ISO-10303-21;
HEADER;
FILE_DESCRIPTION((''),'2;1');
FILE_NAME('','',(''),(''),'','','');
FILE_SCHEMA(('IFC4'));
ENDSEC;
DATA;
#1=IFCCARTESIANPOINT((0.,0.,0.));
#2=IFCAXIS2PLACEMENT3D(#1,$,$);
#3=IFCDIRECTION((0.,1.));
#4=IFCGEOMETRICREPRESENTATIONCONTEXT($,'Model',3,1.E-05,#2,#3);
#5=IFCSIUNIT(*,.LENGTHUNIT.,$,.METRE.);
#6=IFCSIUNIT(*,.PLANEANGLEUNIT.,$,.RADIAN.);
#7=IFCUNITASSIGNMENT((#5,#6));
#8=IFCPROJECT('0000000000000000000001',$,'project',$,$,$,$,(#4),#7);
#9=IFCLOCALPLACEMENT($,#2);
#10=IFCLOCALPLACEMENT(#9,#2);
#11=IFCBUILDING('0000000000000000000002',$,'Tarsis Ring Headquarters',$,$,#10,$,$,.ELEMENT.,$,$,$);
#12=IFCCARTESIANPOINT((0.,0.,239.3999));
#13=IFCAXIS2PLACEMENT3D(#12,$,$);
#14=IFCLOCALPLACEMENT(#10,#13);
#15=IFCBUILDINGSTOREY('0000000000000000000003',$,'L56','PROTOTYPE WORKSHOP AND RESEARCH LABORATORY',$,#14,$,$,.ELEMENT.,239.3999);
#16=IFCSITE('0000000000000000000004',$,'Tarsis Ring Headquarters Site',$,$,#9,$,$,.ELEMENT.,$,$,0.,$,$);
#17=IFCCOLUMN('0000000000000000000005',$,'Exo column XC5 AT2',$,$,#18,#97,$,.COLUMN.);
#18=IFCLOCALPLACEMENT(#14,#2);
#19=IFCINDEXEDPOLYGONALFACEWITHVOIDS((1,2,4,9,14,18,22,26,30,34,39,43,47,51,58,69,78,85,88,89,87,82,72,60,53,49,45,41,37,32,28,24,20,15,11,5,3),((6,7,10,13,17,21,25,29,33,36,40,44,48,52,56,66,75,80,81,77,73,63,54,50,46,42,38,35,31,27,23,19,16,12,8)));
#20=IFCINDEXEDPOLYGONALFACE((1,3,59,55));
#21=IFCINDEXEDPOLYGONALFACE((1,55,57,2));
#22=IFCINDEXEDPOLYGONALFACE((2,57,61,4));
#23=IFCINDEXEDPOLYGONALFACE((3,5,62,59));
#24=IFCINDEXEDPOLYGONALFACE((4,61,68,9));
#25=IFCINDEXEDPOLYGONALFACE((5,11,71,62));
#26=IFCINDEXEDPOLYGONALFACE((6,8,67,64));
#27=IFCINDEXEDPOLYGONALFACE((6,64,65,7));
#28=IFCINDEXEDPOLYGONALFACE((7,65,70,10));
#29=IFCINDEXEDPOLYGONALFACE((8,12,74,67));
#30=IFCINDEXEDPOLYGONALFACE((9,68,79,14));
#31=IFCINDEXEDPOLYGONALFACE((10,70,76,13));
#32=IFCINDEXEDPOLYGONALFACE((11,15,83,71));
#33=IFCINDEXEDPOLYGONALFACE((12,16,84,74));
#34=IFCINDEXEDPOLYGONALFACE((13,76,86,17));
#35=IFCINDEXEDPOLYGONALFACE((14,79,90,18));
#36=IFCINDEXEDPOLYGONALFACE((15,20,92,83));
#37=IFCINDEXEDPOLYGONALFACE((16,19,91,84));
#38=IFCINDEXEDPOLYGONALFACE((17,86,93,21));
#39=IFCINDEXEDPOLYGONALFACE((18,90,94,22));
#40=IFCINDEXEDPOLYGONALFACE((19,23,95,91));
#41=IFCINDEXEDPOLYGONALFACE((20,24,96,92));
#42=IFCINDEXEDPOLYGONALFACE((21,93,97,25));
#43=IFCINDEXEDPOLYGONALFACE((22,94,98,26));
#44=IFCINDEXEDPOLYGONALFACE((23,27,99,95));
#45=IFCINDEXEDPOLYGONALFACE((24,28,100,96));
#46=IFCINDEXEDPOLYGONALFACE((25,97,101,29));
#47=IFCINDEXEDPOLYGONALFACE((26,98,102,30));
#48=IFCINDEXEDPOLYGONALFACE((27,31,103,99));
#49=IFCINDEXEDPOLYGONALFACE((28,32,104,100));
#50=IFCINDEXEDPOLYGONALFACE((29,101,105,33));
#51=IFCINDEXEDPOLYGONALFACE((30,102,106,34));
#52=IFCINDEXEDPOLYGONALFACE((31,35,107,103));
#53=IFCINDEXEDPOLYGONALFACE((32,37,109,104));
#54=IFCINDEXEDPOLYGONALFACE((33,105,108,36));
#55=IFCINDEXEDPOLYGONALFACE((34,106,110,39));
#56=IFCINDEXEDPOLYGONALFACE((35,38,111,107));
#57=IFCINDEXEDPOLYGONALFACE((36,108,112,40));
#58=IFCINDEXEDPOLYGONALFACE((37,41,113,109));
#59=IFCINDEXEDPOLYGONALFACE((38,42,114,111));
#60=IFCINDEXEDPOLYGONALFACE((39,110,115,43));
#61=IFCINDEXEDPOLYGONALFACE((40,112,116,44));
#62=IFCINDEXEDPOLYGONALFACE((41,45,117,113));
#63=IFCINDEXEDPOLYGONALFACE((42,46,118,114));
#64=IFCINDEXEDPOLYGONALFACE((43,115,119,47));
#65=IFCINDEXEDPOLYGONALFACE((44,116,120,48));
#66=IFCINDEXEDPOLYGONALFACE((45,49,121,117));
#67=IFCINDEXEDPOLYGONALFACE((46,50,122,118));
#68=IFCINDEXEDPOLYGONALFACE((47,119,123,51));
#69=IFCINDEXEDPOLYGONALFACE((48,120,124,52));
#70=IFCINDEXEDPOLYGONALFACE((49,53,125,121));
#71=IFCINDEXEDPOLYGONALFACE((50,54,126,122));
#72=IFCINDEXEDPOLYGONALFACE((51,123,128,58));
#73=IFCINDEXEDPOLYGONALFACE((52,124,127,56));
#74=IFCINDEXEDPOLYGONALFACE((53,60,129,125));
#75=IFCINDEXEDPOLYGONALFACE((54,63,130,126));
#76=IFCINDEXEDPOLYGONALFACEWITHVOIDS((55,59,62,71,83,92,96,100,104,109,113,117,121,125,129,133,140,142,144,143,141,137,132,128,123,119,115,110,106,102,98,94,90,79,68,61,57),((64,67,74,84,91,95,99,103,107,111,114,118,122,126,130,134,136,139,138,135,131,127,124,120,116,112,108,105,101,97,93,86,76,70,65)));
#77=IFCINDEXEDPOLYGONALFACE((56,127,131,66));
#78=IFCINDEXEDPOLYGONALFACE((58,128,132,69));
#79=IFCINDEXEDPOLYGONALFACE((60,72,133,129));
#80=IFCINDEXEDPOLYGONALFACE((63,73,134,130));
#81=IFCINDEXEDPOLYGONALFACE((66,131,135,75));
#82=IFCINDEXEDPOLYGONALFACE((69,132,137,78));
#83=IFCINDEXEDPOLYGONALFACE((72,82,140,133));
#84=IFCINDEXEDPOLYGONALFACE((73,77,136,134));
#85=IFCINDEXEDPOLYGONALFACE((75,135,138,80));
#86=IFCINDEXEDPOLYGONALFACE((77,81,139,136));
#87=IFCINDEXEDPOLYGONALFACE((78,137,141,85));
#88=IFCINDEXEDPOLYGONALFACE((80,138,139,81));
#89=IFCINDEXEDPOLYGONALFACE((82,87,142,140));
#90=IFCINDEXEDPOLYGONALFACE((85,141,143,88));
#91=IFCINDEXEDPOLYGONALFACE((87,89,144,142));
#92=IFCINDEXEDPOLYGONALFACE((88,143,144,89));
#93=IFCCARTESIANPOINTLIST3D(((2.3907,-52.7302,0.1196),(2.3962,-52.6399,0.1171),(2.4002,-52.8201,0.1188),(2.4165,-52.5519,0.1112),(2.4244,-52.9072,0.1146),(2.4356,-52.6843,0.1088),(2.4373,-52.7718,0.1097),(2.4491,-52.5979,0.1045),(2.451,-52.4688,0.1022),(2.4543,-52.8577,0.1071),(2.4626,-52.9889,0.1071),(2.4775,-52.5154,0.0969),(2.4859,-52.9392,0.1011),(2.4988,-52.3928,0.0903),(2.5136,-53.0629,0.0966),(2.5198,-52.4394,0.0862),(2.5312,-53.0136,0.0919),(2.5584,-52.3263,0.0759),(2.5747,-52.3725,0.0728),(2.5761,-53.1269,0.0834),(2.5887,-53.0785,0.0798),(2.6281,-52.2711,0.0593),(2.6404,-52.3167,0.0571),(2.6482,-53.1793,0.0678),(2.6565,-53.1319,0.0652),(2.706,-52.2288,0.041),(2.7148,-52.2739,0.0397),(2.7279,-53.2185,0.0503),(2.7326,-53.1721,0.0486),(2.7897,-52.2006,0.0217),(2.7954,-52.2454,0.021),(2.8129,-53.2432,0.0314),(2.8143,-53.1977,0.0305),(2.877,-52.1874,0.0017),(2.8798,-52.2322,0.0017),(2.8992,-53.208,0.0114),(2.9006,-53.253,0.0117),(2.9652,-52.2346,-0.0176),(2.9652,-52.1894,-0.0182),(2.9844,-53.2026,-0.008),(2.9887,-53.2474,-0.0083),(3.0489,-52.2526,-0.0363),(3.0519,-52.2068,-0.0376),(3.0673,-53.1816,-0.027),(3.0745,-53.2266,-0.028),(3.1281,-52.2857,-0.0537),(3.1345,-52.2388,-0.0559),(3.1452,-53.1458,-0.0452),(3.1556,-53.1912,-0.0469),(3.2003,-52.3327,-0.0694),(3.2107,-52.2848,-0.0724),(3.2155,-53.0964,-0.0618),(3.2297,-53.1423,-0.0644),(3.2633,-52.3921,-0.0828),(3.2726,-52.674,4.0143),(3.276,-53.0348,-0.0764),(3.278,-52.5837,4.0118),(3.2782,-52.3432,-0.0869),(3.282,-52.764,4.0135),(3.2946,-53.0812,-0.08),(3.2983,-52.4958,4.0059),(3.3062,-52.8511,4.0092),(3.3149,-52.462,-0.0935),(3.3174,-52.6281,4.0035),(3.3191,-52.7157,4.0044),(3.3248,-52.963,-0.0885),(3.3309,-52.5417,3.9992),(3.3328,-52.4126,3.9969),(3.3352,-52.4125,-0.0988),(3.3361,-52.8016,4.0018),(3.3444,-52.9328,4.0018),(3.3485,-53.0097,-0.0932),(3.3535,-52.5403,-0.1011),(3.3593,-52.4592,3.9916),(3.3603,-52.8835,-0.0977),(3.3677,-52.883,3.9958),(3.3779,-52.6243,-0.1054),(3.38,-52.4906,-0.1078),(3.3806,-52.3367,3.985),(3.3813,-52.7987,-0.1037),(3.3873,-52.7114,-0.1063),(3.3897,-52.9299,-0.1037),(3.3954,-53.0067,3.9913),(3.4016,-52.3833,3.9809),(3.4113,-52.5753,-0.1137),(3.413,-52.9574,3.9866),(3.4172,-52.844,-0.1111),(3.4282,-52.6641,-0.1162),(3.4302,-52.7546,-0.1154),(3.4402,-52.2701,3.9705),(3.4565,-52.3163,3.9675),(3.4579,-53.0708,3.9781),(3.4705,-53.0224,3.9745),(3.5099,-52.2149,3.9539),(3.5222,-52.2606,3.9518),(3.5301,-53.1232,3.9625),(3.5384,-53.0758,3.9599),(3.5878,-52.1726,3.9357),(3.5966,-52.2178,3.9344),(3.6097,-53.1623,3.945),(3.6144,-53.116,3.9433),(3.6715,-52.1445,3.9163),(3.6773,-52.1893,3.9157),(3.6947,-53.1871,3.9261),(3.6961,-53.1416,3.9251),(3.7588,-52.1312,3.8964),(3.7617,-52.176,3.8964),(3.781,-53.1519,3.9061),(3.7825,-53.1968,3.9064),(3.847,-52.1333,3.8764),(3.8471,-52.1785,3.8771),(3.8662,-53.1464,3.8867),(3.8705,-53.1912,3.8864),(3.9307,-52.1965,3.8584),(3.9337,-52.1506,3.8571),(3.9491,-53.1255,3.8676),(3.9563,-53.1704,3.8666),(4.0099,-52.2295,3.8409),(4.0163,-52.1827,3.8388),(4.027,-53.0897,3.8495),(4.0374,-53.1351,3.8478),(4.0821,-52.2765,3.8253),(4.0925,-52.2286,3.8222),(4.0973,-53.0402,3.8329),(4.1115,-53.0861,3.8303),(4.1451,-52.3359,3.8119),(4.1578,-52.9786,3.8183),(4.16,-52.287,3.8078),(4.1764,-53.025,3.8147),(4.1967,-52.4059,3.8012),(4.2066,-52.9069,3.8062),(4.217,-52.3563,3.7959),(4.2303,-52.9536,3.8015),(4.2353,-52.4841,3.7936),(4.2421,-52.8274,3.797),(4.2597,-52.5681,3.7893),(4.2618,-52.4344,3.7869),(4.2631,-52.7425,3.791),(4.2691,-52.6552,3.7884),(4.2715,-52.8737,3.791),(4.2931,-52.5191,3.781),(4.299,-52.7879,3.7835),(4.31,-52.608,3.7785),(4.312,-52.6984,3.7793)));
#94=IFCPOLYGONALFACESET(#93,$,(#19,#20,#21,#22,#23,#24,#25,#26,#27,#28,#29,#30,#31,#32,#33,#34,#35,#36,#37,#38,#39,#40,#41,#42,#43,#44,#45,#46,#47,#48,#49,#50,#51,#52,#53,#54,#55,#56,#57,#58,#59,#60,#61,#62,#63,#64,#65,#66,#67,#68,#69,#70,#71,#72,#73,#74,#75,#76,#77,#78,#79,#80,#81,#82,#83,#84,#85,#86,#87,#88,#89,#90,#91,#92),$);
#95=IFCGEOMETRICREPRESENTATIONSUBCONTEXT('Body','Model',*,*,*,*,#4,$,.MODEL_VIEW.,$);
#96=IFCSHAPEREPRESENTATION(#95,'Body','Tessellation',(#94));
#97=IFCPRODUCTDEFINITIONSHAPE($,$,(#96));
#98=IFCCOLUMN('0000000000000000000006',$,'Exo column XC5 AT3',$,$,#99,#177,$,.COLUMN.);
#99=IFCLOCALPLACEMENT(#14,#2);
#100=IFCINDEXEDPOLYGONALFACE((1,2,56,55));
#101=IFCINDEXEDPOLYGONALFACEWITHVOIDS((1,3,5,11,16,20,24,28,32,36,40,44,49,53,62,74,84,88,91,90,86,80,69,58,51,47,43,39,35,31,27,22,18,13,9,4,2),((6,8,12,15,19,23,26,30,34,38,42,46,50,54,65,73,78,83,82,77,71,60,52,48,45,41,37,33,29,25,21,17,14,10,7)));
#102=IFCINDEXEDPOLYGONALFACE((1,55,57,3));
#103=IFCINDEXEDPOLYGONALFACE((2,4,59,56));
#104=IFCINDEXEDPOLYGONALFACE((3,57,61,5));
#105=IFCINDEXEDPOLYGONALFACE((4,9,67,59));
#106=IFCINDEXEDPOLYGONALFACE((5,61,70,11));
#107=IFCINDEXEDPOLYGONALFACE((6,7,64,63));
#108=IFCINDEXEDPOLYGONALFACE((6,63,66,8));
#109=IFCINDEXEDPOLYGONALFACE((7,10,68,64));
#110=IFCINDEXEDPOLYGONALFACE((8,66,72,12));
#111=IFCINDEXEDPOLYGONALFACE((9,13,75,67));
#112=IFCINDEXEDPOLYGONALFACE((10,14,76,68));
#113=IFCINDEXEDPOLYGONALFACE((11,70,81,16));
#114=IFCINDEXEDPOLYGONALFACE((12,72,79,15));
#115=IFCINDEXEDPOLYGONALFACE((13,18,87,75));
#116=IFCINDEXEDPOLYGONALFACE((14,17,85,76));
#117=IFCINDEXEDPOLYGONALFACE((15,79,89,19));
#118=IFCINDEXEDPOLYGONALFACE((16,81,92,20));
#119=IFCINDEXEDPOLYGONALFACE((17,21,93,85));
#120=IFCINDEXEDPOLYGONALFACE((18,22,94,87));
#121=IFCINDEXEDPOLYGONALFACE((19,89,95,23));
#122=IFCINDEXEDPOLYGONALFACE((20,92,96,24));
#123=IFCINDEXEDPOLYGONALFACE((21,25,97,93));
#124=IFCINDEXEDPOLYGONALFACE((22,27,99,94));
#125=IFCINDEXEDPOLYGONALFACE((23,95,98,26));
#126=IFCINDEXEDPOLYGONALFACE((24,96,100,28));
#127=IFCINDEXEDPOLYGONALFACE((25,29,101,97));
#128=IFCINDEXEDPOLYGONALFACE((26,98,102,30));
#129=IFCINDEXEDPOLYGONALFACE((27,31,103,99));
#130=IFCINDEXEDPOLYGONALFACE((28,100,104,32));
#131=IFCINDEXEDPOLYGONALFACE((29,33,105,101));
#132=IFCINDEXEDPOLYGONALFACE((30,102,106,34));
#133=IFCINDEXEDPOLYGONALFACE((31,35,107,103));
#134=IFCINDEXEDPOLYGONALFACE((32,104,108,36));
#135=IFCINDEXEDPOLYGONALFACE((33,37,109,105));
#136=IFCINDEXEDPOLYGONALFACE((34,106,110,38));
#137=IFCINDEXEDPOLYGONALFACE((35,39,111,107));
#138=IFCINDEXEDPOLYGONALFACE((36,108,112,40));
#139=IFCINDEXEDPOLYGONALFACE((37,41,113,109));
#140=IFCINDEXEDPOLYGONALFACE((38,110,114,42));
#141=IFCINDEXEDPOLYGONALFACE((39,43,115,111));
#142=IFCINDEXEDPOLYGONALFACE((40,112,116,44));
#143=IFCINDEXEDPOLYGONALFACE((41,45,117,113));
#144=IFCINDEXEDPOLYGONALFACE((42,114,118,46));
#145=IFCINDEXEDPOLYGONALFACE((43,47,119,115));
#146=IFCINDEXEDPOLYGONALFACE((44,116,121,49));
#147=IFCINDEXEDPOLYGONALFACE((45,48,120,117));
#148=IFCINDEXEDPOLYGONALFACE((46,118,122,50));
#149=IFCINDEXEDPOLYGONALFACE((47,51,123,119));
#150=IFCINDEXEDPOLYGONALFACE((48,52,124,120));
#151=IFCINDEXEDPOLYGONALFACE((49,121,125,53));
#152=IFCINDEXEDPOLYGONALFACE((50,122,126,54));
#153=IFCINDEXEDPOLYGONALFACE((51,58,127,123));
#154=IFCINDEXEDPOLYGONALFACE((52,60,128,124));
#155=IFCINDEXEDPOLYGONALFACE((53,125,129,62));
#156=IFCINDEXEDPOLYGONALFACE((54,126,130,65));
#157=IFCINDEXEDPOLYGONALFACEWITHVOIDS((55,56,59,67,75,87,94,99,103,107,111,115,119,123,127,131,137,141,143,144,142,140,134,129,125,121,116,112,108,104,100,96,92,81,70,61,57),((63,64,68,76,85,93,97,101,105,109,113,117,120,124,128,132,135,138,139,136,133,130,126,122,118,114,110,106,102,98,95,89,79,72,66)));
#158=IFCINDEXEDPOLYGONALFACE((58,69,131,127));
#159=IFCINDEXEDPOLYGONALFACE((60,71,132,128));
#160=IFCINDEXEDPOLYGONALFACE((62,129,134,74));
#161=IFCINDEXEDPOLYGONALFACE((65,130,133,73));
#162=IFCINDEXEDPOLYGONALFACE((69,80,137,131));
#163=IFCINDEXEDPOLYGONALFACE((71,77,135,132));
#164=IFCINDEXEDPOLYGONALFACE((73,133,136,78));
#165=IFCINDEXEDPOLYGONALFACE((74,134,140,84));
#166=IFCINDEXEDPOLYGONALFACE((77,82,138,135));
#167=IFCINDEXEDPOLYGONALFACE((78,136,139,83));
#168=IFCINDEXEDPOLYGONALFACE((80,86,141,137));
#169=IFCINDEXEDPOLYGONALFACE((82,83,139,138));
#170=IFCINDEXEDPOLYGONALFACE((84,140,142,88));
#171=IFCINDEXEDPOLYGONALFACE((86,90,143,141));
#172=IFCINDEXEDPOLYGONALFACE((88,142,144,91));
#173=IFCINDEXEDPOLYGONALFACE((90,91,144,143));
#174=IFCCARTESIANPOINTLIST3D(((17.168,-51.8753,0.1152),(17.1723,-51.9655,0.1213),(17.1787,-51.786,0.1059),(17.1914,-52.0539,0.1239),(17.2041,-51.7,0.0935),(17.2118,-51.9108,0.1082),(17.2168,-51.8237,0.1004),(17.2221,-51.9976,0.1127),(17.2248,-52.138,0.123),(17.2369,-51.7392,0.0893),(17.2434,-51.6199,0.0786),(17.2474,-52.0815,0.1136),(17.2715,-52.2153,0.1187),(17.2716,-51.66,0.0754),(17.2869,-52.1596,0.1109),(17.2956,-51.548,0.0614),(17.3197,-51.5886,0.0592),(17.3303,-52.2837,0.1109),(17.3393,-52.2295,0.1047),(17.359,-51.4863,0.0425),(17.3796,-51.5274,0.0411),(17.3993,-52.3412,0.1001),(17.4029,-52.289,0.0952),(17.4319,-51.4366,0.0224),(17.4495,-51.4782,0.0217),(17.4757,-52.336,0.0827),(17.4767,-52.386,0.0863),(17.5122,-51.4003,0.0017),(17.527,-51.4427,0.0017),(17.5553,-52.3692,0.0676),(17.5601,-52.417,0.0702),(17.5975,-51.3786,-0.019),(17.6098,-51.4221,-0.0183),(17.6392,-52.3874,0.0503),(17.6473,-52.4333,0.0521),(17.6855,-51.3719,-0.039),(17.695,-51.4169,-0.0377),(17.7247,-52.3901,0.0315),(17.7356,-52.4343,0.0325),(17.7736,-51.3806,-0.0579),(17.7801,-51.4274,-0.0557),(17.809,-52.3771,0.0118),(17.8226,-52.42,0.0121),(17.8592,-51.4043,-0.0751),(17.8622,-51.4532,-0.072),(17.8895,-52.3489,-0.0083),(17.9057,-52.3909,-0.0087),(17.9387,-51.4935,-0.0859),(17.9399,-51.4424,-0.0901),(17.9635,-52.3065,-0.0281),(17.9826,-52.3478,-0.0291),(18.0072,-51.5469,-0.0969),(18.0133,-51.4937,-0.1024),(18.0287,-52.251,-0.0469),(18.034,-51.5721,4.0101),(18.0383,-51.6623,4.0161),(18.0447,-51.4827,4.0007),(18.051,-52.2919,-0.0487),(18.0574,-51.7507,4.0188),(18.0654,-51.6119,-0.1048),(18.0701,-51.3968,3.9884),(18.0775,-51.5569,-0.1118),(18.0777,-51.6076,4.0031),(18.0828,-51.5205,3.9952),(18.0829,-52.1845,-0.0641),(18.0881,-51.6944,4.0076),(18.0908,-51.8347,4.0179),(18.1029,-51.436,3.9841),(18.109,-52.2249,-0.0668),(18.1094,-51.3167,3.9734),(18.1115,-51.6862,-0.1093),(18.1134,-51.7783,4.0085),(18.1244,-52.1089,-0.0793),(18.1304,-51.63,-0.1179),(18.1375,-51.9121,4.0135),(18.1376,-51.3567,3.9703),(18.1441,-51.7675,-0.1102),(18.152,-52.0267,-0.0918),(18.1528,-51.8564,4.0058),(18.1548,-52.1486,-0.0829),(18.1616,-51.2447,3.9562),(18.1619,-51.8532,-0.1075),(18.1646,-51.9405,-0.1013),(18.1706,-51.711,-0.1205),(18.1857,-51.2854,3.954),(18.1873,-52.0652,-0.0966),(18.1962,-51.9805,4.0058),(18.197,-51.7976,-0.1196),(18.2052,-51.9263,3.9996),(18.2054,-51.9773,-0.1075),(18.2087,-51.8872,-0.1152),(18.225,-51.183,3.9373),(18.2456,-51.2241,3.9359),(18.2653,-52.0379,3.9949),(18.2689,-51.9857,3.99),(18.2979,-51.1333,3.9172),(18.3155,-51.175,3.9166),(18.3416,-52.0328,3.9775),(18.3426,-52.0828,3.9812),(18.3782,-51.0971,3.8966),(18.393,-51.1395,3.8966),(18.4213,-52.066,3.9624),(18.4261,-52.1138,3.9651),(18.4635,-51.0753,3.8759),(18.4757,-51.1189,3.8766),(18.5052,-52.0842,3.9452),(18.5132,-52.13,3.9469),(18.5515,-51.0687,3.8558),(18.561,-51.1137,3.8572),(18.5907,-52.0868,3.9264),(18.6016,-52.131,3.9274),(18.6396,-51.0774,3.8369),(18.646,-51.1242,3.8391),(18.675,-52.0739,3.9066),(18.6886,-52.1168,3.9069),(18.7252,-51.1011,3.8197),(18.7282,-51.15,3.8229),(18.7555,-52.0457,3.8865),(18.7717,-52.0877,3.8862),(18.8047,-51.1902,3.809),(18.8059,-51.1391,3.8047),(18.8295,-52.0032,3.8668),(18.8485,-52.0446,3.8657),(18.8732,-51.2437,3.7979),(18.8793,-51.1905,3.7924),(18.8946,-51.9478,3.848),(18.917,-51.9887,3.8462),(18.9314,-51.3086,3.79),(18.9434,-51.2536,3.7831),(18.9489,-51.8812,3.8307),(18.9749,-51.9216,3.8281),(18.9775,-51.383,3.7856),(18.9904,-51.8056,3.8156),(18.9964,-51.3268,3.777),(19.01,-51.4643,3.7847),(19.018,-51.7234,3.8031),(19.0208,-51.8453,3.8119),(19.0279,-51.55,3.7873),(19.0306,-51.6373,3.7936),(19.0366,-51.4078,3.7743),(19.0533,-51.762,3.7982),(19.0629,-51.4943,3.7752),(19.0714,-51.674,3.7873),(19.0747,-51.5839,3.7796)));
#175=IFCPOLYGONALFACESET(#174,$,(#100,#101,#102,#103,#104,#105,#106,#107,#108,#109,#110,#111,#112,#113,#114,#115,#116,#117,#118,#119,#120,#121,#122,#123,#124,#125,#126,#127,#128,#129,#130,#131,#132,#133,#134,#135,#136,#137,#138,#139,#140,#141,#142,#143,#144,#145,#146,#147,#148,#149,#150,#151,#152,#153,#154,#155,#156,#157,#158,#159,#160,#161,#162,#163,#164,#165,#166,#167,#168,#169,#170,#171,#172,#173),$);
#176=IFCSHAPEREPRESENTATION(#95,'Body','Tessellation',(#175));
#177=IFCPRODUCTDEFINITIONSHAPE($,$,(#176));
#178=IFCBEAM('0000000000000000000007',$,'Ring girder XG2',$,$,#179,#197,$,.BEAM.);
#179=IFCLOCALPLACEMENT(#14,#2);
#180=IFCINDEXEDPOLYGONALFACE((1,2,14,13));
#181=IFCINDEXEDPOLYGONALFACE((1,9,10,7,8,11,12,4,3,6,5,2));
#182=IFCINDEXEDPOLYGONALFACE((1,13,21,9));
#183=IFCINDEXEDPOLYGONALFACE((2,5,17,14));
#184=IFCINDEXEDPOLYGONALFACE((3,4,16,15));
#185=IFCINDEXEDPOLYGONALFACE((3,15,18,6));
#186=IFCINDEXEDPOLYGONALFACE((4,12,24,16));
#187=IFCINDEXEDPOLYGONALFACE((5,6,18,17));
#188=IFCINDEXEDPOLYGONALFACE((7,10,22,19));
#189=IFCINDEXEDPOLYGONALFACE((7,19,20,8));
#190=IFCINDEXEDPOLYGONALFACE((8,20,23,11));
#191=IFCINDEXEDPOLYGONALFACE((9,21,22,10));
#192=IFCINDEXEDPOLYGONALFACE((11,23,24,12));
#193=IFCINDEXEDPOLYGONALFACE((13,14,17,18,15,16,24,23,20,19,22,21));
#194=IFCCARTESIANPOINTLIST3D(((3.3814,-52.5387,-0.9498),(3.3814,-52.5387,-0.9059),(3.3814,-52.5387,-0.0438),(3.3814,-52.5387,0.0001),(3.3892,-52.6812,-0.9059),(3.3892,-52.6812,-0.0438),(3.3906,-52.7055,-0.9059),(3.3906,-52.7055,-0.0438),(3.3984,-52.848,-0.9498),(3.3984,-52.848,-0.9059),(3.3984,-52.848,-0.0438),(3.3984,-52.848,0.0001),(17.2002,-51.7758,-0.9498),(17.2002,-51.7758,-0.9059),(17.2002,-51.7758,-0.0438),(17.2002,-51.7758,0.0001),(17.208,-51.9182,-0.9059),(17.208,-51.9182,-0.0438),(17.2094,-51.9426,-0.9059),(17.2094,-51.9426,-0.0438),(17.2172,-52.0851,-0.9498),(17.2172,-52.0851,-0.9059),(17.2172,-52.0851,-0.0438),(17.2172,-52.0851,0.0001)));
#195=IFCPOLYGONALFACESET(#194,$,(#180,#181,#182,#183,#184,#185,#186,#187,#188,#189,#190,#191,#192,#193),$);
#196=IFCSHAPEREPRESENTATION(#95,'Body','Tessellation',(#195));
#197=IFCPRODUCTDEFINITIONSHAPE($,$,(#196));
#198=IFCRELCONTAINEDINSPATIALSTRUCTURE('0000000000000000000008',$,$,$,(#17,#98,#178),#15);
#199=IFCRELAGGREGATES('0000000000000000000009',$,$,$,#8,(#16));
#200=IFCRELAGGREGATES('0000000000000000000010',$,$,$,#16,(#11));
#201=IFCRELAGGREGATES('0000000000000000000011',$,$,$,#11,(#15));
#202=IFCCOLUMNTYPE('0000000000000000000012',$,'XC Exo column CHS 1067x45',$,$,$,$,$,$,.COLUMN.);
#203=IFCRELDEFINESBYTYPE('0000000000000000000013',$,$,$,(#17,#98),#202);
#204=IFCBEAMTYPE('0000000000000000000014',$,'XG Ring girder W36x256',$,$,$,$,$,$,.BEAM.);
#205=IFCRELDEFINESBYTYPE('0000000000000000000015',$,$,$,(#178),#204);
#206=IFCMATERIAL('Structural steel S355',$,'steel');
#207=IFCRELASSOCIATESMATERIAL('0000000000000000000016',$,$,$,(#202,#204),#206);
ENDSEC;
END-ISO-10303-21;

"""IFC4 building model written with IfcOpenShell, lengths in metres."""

from ifc_helpers import new_model, si_unit, direction, frame, origin, origin_2d, place, context, subcontext, project, spatial, hollow_circle, i_section, extrude, material, material_profile, profile_set, type_object, element, save


model = new_model("IFC4")

# Units and contexts
model_context = context("Model", 3, precision=1e-05, world=origin(), true_north=direction((0.0, 1.0)))
body_context = subcontext(model_context, "Body", "Model", "MODEL_VIEW")
ifc_project = project(units=[si_unit("LENGTHUNIT", "METRE"), si_unit("PLANEANGLEUNIT", "RADIAN")], contexts=[model_context])

# Site, building, storey
site_placement = place(None, origin())
site = spatial("IfcSite", under=ifc_project, at=site_placement, Name="Tarsis Ring Headquarters Site", CompositionType="ELEMENT", RefElevation=0.0)
building_placement = place(site_placement, origin())
building = spatial("IfcBuilding", under=site, at=building_placement, Name="Tarsis Ring Headquarters", CompositionType="ELEMENT")
storey_placement = place(building_placement, frame((0.0, 0.0, 239.3999)))
storey = spatial("IfcBuildingStorey", under=building, at=storey_placement, Name="L56", Description="PROTOTYPE WORKSHOP AND RESEARCH LABORATORY", CompositionType="ELEMENT", Elevation=239.3999)

# Columns
ifc_material_1 = material(Name="Structural steel S355", Category="steel")
ifc_material_profile_1 = material_profile(ifc_material_1, hollow_circle(Radius=0.5334, WallThickness=0.0449, at=origin_2d()), Name="CHS 1067x45")
ifc_profile_set_1 = profile_set([ifc_material_profile_1], Name="Structural steel S355")
column_type = type_object("IfcColumnType", Name="XC Exo column CHS 1067x45", PredefinedType="COLUMN", material=ifc_profile_set_1)
column_1_placement = place(storey_placement, frame((2.9109, -52.7197, 0.0017), z_axis=(0.220804, 0.01406, 0.975217), x_axis=(-0.063548, 0.997979, 0.0)))
element("IfcColumn", 1, at=column_1_placement, inside=storey, type_object=column_type, Name="Exo column XC5 AT2", PredefinedType="COLUMN", context=body_context, shape_type="SweptSolid", body=[
    extrude(hollow_circle(Radius=0.5334, WallThickness=0.0449, at=origin_2d()), origin(), (0.0, 0.0, 1.0), 3.9937),
])
column_2_placement = place(storey_placement, frame((17.6885, -51.9038, 0.0017), z_axis=(0.216417, 0.075779, 0.973356), x_axis=(-0.330481, 0.943813, 0.0)))
element("IfcColumn", 2, at=column_2_placement, inside=storey, type_object=column_type, Name="Exo column XC5 AT3", PredefinedType="COLUMN", context=body_context, shape_type="SweptSolid", body=[
    extrude(hollow_circle(Radius=0.5334, WallThickness=0.0449, at=origin_2d()), origin(), (0.0, 0.0, 1.0), 4.0015),
])

# Beam
ifc_material_profile_2 = material_profile(ifc_material_1, i_section(OverallWidth=0.3098, OverallDepth=0.95, WebThickness=0.0244, FlangeThickness=0.0439, at=origin_2d()), Name="W36x256")
ifc_profile_set_2 = profile_set([ifc_material_profile_2], Name="Structural steel S355")
beam_type = type_object("IfcBeamType", Name="XG Ring girder W36x256", PredefinedType="BEAM", material=ifc_profile_set_2)
beam_1_placement = place(storey_placement, frame((3.3899, -52.6934, -0.4749), z_axis=(0.998479, 0.055126, 0.0), x_axis=(-0.055126, 0.998479, 0.0)))
element("IfcBeam", 3, at=beam_1_placement, inside=storey, type_object=beam_type, Name="Ring girder XG2", PredefinedType="BEAM", context=body_context, shape_type="SweptSolid", body=[
    extrude(i_section(OverallWidth=0.3098, OverallDepth=0.95, WebThickness=0.0244, FlangeThickness=0.0439, at=origin_2d()), origin(), (0.0, 0.0, 1.0), 13.8398),
])

save(model, "model.ifc")
